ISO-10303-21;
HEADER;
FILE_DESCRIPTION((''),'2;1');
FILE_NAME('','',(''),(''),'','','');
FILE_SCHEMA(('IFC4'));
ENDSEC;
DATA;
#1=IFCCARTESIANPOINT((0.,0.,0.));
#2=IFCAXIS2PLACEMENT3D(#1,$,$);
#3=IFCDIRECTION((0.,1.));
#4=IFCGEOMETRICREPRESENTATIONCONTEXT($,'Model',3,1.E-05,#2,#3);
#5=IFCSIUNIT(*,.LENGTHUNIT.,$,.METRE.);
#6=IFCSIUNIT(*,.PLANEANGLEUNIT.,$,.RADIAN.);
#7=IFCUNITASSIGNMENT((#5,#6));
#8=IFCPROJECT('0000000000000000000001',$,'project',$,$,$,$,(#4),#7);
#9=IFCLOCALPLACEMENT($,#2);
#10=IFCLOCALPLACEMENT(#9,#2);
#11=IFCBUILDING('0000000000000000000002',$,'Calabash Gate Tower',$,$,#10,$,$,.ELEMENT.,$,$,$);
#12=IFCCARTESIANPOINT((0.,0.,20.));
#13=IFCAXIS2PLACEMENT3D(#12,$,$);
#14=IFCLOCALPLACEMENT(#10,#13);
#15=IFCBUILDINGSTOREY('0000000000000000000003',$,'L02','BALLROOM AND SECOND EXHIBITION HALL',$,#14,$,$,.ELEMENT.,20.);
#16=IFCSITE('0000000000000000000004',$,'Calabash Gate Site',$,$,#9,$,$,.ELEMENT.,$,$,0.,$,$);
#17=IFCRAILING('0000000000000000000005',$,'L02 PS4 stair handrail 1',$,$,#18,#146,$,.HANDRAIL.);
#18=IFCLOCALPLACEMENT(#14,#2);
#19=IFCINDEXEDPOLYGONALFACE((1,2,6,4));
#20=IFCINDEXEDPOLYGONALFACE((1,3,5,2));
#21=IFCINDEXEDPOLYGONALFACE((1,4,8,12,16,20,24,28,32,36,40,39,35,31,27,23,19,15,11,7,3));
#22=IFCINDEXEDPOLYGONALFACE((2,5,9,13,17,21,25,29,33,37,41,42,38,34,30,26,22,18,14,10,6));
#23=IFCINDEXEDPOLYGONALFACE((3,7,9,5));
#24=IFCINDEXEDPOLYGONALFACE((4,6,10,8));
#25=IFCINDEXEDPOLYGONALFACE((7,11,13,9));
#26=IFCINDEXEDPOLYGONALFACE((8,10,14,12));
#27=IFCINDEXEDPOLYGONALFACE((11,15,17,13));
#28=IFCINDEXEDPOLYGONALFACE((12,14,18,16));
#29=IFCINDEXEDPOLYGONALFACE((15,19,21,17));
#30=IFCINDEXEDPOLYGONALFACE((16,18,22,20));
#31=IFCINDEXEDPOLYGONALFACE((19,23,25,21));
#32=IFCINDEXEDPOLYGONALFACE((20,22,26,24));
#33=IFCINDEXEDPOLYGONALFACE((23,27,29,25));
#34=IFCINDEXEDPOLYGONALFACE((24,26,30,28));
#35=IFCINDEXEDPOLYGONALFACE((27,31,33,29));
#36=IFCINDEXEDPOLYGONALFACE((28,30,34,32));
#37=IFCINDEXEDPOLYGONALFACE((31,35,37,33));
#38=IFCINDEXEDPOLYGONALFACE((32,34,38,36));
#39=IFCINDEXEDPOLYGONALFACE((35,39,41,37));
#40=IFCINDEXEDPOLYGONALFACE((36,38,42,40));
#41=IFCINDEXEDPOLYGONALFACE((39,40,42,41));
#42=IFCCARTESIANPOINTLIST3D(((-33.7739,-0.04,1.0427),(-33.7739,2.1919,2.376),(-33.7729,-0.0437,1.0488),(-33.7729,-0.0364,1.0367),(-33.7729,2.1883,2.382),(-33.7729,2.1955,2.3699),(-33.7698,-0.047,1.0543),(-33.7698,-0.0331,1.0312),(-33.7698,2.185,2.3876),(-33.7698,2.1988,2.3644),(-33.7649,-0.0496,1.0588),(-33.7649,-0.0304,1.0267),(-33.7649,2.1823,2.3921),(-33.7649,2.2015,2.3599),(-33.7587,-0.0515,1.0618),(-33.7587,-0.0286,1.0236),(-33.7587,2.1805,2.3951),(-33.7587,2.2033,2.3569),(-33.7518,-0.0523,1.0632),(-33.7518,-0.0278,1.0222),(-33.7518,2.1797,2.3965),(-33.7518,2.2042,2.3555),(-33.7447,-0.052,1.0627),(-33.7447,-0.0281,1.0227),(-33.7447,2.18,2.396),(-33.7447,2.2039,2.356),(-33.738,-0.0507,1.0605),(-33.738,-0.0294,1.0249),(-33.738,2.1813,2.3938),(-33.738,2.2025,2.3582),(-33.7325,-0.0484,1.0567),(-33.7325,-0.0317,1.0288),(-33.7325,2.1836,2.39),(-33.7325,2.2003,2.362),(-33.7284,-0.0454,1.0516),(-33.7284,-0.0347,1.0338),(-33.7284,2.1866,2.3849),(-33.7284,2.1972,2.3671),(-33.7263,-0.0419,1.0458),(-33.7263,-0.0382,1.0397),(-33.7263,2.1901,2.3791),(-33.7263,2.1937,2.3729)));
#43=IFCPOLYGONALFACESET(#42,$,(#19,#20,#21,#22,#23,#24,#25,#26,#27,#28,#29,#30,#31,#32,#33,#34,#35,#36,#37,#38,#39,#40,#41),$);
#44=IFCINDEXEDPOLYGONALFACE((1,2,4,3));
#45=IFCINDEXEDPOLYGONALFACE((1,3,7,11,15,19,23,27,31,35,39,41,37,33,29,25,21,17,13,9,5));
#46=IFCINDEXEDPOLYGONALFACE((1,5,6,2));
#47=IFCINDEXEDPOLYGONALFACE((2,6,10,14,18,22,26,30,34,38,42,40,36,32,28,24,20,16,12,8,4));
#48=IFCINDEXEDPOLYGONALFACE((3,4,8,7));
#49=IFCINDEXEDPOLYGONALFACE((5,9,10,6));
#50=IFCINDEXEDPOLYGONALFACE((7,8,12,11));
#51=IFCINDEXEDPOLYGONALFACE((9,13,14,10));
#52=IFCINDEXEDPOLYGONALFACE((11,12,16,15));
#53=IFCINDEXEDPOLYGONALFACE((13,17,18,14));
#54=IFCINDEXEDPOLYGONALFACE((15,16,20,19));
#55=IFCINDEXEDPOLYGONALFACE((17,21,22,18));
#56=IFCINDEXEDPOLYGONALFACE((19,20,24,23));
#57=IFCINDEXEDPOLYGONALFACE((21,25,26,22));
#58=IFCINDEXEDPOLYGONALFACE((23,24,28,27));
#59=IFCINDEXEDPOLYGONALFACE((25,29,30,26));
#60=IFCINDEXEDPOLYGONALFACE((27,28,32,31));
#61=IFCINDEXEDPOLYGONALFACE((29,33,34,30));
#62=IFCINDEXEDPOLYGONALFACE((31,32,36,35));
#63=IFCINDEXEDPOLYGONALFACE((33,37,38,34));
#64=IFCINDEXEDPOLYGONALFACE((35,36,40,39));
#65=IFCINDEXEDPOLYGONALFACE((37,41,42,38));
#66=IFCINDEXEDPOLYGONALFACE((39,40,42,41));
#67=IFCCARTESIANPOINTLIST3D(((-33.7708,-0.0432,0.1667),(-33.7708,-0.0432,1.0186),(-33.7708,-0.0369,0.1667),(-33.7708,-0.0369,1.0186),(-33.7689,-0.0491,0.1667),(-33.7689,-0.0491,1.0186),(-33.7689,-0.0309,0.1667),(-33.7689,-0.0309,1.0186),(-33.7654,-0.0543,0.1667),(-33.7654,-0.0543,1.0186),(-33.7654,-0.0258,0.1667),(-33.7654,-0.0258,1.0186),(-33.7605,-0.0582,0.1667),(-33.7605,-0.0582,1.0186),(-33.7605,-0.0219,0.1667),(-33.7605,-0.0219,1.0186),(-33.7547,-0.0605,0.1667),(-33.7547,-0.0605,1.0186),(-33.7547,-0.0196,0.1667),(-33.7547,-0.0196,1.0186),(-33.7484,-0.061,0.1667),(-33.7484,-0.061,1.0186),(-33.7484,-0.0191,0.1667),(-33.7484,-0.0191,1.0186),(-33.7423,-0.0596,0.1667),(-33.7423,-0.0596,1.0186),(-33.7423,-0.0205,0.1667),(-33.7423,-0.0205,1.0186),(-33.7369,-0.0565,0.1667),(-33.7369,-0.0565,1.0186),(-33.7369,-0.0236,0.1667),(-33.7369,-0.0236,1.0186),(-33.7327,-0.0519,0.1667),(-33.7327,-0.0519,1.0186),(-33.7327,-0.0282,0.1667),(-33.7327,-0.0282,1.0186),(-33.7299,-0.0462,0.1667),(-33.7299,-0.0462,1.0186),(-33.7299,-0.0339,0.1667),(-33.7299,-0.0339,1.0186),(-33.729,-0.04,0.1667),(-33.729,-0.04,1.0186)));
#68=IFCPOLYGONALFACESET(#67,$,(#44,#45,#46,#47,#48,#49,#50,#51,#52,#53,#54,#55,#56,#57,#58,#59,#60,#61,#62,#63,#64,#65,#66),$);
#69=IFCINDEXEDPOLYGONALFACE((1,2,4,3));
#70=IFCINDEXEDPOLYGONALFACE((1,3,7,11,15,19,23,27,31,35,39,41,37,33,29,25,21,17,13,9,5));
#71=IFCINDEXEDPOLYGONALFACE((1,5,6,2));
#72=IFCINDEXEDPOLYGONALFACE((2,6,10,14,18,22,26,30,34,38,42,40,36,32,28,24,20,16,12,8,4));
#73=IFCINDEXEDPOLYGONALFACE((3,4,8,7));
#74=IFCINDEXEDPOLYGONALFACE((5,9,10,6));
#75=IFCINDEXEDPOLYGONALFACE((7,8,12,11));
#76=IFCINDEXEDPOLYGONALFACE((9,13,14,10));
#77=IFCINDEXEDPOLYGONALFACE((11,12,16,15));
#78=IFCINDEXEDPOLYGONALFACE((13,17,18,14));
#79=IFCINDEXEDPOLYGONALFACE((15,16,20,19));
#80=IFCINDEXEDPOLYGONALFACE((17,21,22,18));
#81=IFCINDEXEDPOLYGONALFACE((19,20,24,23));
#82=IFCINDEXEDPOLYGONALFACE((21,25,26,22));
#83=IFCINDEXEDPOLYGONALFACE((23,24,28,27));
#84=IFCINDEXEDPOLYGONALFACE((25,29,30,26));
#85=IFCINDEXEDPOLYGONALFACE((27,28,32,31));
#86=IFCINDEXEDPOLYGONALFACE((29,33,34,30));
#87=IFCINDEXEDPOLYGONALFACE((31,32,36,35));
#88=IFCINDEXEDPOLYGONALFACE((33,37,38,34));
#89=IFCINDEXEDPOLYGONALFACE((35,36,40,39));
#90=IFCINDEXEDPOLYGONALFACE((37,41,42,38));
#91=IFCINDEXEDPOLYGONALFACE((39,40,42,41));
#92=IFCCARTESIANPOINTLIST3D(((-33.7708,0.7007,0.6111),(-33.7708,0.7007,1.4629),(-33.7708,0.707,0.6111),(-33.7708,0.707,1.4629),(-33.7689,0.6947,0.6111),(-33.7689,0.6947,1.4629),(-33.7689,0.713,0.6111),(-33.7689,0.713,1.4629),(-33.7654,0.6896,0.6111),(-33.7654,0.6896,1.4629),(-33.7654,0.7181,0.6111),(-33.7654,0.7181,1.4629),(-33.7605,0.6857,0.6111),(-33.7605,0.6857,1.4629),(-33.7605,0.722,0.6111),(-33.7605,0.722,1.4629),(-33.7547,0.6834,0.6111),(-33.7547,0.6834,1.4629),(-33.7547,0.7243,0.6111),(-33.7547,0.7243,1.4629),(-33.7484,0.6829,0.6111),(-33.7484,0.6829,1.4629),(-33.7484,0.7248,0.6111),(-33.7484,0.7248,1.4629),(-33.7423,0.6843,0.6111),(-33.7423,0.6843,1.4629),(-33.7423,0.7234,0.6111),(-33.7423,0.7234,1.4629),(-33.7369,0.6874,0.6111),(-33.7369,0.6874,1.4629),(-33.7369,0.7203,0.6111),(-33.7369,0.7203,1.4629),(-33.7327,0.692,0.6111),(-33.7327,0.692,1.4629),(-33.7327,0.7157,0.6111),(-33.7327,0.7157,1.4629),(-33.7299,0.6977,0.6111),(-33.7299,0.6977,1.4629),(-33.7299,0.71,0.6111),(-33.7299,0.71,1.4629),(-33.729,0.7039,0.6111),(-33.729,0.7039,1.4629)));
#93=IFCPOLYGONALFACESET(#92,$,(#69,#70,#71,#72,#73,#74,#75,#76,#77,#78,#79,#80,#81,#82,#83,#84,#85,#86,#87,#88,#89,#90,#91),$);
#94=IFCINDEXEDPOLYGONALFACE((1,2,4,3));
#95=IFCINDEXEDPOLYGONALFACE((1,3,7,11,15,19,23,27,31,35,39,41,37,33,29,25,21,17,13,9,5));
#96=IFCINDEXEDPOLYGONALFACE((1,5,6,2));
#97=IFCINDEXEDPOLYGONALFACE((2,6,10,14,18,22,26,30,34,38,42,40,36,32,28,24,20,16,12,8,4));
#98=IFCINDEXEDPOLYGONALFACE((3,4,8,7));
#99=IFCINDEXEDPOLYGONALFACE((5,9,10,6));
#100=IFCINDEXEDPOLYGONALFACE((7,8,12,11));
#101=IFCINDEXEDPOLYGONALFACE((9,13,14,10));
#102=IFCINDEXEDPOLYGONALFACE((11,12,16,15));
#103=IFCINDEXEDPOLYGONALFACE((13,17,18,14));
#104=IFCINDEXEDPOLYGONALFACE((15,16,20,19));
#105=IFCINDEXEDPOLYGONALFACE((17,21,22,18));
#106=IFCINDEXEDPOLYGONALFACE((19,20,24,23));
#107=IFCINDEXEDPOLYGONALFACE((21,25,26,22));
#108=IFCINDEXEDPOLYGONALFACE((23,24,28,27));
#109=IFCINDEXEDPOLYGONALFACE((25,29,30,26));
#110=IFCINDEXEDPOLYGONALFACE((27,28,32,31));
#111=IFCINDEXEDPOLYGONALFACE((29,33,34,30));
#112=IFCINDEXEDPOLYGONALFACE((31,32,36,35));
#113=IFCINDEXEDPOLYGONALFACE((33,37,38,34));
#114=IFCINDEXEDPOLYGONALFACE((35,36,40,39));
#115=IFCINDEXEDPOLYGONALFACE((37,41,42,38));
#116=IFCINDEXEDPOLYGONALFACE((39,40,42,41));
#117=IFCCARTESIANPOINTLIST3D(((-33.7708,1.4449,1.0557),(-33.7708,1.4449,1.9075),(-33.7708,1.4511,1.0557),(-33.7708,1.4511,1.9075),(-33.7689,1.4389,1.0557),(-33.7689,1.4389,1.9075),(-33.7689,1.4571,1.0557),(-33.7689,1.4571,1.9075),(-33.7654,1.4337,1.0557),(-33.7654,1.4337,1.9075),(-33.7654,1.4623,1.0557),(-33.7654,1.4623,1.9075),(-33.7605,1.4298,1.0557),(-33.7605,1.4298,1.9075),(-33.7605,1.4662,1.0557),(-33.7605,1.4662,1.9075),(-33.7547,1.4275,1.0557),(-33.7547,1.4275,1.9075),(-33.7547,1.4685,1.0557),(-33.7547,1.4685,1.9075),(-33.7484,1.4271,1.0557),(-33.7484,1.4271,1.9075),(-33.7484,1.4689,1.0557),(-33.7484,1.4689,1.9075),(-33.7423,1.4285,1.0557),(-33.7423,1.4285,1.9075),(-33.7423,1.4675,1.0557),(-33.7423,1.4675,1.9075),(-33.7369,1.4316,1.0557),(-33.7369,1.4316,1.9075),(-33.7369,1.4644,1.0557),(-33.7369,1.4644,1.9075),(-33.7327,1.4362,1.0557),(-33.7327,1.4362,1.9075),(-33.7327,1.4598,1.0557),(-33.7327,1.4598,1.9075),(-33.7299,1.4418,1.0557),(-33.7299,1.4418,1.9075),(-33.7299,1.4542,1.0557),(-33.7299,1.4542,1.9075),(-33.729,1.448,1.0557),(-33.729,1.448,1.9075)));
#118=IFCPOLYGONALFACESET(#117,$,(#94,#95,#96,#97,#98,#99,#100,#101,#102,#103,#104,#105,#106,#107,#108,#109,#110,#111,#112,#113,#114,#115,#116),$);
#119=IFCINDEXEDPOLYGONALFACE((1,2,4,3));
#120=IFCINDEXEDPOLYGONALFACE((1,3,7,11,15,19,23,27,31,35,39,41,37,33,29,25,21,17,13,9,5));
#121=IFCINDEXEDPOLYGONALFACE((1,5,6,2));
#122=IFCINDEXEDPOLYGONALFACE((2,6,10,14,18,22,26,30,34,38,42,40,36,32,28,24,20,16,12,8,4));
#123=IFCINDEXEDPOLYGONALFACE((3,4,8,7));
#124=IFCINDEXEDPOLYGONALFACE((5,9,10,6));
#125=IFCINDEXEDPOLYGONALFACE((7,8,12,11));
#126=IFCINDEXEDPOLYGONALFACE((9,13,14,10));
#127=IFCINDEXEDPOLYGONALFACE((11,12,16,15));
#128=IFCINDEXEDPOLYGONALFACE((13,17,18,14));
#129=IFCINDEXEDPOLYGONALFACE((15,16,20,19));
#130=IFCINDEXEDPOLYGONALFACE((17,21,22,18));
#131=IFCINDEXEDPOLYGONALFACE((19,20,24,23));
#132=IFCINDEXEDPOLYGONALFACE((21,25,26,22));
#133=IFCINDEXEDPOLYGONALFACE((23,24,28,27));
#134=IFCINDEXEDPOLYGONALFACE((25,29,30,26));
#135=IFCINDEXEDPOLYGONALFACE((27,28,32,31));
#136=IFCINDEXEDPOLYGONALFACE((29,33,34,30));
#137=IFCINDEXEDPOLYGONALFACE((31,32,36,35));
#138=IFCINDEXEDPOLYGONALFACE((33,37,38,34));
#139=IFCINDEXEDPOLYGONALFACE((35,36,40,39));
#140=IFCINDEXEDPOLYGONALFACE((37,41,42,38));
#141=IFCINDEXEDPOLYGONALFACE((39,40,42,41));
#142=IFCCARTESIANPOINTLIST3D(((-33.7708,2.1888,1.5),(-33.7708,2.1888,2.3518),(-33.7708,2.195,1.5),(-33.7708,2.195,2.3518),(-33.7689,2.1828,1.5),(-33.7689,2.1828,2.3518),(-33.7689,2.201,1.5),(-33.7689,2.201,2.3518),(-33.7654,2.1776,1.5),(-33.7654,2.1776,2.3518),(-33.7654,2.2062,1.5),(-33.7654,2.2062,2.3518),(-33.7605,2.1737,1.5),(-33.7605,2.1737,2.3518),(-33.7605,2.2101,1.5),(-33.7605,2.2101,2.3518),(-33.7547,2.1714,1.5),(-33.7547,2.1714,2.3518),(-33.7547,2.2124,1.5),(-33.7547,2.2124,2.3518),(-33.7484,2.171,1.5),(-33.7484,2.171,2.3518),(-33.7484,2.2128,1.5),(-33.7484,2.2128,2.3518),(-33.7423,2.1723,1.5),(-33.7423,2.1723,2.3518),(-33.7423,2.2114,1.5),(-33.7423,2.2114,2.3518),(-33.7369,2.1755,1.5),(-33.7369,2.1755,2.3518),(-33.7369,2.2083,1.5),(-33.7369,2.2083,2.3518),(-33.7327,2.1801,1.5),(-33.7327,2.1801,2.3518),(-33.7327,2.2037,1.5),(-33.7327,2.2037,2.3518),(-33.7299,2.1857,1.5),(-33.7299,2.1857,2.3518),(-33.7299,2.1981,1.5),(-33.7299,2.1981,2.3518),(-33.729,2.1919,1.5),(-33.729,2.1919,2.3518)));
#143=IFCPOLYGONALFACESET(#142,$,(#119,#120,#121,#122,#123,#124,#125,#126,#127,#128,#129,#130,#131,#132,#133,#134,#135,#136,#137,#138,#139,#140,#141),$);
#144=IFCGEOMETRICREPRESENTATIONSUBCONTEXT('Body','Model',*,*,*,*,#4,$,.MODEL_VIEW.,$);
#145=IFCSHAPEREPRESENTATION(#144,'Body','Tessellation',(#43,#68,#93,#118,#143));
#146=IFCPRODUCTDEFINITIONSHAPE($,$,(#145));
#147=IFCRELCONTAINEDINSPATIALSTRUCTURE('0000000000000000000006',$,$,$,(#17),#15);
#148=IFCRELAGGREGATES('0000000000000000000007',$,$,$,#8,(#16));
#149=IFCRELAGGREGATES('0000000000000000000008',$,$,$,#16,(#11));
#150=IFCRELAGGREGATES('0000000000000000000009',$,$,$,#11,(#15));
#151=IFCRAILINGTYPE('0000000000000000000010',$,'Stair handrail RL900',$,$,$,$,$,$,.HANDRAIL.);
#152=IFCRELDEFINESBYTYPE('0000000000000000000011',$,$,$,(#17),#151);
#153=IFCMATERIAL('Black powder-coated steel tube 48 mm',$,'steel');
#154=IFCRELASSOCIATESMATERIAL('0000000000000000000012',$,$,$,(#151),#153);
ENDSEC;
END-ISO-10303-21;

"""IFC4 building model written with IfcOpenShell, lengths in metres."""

from ifc_helpers import new_model, si_unit, direction, frame, origin, origin_2d, place, context, subcontext, project, spatial, circle, extrude, material, type_object, element, save


model = new_model("IFC4")

# Units and contexts
model_context = context("Model", 3, precision=1e-05, world=origin(), true_north=direction((0.0, 1.0)))
body_context = subcontext(model_context, "Body", "Model", "MODEL_VIEW")
ifc_project = project(units=[si_unit("LENGTHUNIT", "METRE"), si_unit("PLANEANGLEUNIT", "RADIAN")], contexts=[model_context])

# Site, building, storey
site_placement = place(None, origin())
site = spatial("IfcSite", under=ifc_project, at=site_placement, Name="Calabash Gate Site", CompositionType="ELEMENT", RefElevation=0.0)
building_placement = place(site_placement, origin())
building = spatial("IfcBuilding", under=site, at=building_placement, Name="Calabash Gate Tower", CompositionType="ELEMENT")
storey_placement = place(building_placement, frame((0.0, 0.0, 20.0)))
storey = spatial("IfcBuildingStorey", under=building, at=storey_placement, Name="L02", Description="BALLROOM AND SECOND EXHIBITION HALL", CompositionType="ELEMENT", Elevation=20.0)

# Railing
ifc_material_1 = material(Name="Black powder-coated steel tube 48 mm", Category="steel")
railing_type_1 = type_object("IfcRailingType", Name="Stair handrail RL900", PredefinedType="HANDRAIL", material=ifc_material_1)
for number, where, name in (
    (1, (-33.75, -0.04, 0.1667), "L02 PS4 stair handrail 1"),
):
    element("IfcRailing", number, at=place(storey_placement, frame(where)), inside=storey, type_object=railing_type_1, Name=name, PredefinedType="HANDRAIL", context=body_context, shape_type="SweptSolid", body=[
        extrude(circle(Radius=0.0239, at=origin_2d()), frame((0.0, 0.0, 0.876), z_axis=(0.0, 0.858494, 0.512824), x_axis=(-1.0, 0.0, 0.0)), (0.0, 0.0, 1.0), 2.5999),
        extrude(circle(Radius=0.021, at=origin_2d()), origin(), (0.0, 0.0, 1.0), 0.8518),
        extrude(circle(Radius=0.021, at=origin_2d()), frame((0.0, 0.7439, 0.4443)), (0.0, 0.0, 1.0), 0.8518),
        extrude(circle(Radius=0.021, at=origin_2d()), frame((0.0, 1.488, 0.8889)), (0.0, 0.0, 1.0), 0.8518),
        extrude(circle(Radius=0.021, at=origin_2d()), frame((0.0, 2.2319, 1.3333)), (0.0, 0.0, 1.0), 0.8518),
    ])

save(model, "model.ifc")
